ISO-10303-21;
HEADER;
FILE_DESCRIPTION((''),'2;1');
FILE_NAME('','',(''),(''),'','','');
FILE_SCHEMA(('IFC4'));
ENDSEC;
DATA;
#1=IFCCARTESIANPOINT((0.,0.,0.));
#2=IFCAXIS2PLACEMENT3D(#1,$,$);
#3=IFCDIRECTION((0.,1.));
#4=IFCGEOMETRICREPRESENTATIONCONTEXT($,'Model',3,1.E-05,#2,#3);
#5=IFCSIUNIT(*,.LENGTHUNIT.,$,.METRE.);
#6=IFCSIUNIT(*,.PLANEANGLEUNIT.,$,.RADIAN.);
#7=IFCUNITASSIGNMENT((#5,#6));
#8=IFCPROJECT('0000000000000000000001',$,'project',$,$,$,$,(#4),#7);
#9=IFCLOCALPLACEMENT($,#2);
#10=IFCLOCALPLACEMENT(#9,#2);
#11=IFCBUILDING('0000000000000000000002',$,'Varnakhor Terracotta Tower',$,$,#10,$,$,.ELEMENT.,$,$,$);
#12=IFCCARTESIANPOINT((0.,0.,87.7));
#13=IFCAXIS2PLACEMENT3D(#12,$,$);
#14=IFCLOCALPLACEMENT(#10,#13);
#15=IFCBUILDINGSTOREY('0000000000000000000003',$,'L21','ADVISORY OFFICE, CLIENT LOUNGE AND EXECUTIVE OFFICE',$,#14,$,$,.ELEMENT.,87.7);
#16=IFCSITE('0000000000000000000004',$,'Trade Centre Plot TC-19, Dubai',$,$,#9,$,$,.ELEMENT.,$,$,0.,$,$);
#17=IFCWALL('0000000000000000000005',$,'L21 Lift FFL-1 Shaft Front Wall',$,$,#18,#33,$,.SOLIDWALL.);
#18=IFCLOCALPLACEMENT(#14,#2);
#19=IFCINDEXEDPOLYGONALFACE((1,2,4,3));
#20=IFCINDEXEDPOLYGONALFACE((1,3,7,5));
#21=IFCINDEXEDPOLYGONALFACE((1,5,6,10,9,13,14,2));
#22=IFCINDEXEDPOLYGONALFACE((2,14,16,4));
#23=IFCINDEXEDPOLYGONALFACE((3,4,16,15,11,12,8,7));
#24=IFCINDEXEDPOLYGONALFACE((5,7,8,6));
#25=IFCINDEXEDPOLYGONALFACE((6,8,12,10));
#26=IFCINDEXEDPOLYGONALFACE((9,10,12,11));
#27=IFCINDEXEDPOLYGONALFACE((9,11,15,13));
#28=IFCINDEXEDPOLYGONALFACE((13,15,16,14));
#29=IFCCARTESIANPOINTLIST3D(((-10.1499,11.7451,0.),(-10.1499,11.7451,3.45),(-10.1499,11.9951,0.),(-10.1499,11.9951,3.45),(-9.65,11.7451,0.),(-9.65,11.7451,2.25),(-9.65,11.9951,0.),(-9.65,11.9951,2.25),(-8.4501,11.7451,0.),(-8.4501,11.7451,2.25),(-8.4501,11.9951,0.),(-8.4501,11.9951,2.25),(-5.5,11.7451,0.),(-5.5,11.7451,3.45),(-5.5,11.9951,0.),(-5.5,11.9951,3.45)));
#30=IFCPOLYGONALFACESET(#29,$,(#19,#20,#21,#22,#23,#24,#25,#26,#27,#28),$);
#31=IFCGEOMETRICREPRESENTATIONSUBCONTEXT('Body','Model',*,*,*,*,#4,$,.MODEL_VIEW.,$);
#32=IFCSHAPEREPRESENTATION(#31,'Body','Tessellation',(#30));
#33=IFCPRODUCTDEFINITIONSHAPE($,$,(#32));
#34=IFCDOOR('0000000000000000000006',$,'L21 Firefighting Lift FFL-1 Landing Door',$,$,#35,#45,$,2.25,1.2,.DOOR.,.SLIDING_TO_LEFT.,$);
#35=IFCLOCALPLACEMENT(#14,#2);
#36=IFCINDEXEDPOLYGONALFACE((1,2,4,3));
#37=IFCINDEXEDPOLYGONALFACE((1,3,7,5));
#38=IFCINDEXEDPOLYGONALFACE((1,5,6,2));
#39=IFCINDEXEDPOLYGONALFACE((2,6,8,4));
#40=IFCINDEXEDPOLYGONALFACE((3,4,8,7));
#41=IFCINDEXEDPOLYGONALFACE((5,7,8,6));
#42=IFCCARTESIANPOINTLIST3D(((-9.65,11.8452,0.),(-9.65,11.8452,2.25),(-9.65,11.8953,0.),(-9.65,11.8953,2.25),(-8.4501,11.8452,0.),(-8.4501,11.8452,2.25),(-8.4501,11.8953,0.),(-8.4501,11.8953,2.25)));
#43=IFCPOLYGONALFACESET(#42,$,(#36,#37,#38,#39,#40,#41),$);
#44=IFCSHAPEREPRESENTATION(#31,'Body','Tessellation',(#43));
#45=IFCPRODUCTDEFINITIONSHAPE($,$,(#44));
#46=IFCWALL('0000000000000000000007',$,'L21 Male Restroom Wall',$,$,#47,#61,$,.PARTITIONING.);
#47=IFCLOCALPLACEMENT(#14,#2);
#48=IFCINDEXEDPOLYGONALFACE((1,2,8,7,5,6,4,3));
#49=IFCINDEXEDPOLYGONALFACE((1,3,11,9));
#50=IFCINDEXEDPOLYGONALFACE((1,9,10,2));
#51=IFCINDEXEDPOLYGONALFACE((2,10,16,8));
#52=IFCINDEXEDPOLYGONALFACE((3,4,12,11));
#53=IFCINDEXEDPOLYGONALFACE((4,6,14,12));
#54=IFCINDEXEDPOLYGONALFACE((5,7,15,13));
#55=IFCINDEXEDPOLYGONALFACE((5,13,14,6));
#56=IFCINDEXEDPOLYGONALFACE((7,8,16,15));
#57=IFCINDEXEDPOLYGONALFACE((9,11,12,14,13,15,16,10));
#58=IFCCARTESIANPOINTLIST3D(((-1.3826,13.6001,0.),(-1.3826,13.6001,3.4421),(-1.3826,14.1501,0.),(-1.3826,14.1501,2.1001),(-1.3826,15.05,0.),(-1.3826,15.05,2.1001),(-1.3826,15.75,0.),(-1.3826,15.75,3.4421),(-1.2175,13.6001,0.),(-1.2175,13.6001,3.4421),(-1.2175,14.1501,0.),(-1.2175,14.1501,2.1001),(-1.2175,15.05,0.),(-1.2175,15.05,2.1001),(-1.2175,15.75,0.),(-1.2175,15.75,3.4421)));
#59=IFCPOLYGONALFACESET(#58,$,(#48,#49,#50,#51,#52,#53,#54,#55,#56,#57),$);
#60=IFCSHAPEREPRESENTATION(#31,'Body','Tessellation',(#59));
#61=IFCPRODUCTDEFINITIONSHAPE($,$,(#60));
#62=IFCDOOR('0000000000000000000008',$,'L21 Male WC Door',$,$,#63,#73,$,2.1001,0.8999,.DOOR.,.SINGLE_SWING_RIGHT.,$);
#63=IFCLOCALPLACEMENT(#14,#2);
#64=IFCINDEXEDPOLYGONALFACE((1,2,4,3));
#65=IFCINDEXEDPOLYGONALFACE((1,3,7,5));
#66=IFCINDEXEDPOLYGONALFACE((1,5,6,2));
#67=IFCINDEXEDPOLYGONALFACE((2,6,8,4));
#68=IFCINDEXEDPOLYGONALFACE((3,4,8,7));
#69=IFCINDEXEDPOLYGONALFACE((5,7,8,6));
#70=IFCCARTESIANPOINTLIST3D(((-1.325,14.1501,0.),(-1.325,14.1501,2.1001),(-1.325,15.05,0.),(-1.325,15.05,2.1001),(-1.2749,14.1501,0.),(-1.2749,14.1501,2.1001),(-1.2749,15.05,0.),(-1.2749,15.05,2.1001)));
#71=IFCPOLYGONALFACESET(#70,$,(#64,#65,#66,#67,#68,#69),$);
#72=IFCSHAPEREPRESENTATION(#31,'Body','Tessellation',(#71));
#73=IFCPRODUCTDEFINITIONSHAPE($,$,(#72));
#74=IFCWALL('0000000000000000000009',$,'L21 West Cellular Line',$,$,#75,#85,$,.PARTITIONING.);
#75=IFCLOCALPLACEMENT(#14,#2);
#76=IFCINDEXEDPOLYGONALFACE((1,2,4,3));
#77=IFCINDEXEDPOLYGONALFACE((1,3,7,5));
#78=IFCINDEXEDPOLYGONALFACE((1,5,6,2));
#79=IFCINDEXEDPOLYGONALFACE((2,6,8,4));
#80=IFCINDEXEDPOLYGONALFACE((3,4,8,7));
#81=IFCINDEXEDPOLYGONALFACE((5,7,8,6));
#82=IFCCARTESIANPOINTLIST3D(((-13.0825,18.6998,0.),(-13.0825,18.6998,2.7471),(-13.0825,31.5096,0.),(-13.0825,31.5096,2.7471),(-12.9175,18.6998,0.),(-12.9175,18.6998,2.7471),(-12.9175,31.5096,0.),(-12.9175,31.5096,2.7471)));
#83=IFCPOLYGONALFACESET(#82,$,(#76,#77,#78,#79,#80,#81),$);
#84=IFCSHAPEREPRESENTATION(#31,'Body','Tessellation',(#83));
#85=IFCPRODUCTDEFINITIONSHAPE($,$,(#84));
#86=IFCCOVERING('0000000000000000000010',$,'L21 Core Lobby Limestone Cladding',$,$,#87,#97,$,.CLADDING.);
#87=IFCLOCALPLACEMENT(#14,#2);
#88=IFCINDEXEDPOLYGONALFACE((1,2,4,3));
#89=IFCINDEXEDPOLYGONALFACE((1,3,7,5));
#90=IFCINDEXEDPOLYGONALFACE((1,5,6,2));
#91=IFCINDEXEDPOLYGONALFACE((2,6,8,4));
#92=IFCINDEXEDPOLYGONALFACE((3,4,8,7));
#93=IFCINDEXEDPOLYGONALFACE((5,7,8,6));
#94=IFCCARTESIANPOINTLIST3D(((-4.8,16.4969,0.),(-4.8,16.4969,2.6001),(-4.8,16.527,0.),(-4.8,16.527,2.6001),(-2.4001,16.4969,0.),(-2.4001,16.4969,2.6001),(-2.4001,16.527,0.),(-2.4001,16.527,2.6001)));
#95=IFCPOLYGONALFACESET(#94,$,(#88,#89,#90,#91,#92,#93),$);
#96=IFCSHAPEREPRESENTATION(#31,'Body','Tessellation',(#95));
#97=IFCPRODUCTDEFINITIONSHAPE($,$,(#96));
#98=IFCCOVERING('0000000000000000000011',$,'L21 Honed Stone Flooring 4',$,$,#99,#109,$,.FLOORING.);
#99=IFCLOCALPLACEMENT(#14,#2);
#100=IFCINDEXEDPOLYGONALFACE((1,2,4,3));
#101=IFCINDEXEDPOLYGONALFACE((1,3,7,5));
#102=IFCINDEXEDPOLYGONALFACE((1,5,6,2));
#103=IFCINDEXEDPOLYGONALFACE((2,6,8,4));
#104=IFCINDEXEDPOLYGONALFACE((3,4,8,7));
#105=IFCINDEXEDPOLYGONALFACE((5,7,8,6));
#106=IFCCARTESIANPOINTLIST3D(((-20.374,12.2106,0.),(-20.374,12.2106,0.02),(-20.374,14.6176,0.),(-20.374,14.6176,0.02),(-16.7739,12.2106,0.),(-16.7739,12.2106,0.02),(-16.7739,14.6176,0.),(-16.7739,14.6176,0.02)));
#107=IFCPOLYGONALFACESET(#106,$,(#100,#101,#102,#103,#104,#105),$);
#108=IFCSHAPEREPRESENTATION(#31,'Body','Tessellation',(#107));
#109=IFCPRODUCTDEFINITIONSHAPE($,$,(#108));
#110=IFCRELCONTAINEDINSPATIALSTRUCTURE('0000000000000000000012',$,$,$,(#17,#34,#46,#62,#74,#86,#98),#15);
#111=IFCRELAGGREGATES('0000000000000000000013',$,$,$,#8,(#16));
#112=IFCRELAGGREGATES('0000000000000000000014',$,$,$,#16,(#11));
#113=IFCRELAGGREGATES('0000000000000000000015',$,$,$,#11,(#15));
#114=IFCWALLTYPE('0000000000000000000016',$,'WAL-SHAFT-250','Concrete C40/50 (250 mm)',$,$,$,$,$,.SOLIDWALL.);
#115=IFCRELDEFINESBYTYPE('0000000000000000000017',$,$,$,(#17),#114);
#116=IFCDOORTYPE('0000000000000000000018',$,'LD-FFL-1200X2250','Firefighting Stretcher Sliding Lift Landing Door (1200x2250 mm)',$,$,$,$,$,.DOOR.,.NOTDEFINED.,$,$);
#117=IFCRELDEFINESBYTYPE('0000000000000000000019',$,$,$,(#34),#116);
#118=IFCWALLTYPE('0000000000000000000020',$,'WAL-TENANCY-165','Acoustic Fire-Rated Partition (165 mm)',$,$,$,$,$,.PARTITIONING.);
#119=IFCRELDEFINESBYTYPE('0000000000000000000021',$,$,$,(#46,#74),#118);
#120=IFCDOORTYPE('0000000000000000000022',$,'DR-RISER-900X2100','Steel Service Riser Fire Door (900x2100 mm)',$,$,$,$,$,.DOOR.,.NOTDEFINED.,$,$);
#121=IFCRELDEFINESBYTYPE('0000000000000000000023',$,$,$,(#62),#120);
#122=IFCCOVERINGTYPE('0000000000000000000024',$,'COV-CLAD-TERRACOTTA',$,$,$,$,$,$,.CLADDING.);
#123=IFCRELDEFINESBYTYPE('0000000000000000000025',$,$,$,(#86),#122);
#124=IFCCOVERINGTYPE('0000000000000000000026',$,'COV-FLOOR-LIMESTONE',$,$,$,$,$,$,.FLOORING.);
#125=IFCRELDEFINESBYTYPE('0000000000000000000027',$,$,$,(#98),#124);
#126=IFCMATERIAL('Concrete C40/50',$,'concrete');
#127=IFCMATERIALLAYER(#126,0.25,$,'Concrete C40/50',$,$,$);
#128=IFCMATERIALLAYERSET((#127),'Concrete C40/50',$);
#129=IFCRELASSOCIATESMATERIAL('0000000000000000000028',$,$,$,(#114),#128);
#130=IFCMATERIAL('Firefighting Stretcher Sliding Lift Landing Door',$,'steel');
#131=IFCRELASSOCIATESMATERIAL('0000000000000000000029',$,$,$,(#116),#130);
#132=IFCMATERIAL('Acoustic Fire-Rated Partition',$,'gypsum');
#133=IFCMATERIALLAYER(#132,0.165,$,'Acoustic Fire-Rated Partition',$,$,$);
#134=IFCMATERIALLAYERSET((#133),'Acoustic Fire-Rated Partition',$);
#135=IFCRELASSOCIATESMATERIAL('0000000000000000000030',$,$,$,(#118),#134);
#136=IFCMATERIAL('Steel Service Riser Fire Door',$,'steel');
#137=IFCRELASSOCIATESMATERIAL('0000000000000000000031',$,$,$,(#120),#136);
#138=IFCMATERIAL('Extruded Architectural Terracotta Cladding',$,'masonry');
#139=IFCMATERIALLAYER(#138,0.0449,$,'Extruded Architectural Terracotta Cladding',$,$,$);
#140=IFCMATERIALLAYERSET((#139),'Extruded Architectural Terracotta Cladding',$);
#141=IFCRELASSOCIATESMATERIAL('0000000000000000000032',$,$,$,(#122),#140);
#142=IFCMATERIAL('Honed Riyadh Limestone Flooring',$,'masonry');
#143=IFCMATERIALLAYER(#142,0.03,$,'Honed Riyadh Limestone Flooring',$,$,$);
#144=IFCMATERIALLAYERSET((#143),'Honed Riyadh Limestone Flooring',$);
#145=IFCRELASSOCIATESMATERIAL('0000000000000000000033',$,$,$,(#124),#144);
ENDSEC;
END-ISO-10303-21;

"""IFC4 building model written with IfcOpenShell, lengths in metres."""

from ifc_helpers import new_model, si_unit, direction, frame, frame_2d, origin, origin_2d, place, context, subcontext, project, spatial, rectangle, extrude, source, transform, mapped, material, layer, layer_set, type_object, type_shapes, element, fill, save


model = new_model("IFC4")

# Units and contexts
model_context = context("Model", 3, precision=1e-05, world=origin(), true_north=direction((0.0, 1.0)))
body_context = subcontext(model_context, "Body", "Model", "MODEL_VIEW")
ifc_project = project(units=[si_unit("LENGTHUNIT", "METRE"), si_unit("PLANEANGLEUNIT", "RADIAN")], contexts=[model_context])

# Site, building, storey
site_placement = place(None, origin())
site = spatial("IfcSite", under=ifc_project, at=site_placement, Name="Trade Centre Plot TC-19, Dubai", CompositionType="ELEMENT", RefElevation=0.0)
building_placement = place(site_placement, origin())
building = spatial("IfcBuilding", under=site, at=building_placement, Name="Varnakhor Terracotta Tower", CompositionType="ELEMENT")
storey_placement = place(building_placement, frame((0.0, 0.0, 87.7)))
storey = spatial("IfcBuildingStorey", under=building, at=storey_placement, Name="L21", Description="ADVISORY OFFICE, CLIENT LOUNGE AND EXECUTIVE OFFICE", CompositionType="ELEMENT", Elevation=87.7)

# Shared definitions
ifc_material_1 = material(Name="Concrete C40/50", Category="concrete")

# Walls, openings, doors
ifc_layer_1 = layer(ifc_material_1, 0.25, Name="Concrete C40/50")
ifc_layer_set_1 = layer_set([ifc_layer_1], Name="Concrete C40/50")
wall_type_1 = type_object("IfcWallType", Name="WAL-SHAFT-250", Description="Concrete C40/50 (250 mm)", PredefinedType="SOLIDWALL", material=ifc_layer_set_1)
wall_1_placement = place(storey_placement, frame((-5.5, 11.8701, 0.0), z_axis=(0.0, 0.0, 1.0), x_axis=(-1.0, 0.0, 0.0)))
wall_1 = element("IfcWall", 1, at=wall_1_placement, inside=storey, type_object=wall_type_1, Name="L21 Lift FFL-1 Shaft Front Wall", PredefinedType="SOLIDWALL", context=body_context, shape_type="SweptSolid", body=[
    extrude(rectangle(XDim=4.6499, YDim=0.25, at=frame_2d((2.325, 0.0))), origin(), (0.0, 0.0, 1.0), 3.45),
])
opening_1_placement = place(wall_1_placement, frame((2.95, 0.0, 0.0)))
opening_1 = element("IfcOpeningElement", 2, at=opening_1_placement, cuts=wall_1, PredefinedType="OPENING", context=body_context, shape_type="SweptSolid", body=[
    extrude(rectangle(XDim=1.2, YDim=2.25, at=frame_2d((0.6001, 1.125))), frame((0.0, 0.135, 0.0), z_axis=(0.0, -1.0, 0.0), x_axis=(1.0, 0.0, 0.0)), (0.0, 0.0, 1.0), 0.27),
])
ifc_material_2 = material(Name="Firefighting Stretcher Sliding Lift Landing Door", Category="steel")
door_type_1 = type_object("IfcDoorType", Name="LD-FFL-1200X2250", Description="Firefighting Stretcher Sliding Lift Landing Door (1200x2250 mm)", OperationType="NOTDEFINED", PredefinedType="DOOR", material=ifc_material_2)
shared_shape_1 = source(origin(), body_context, "Body", "SweptSolid", [
    extrude(rectangle(XDim=1.2, YDim=2.25, at=frame_2d((0.6001, 1.125))), frame((0.0, 0.0249, 0.0), z_axis=(0.0, -1.0, 0.0), x_axis=(1.0, 0.0, 0.0)), (0.0, 0.0, 1.0), 0.05),
])
type_shapes(door_type_1, [shared_shape_1])
door_1_placement = place(opening_1_placement, origin())
door_1 = element("IfcDoor", 3, at=door_1_placement, inside=storey, type_object=door_type_1, Name="L21 Firefighting Lift FFL-1 Landing Door", OperationType="SLIDING_TO_LEFT", OverallHeight=2.25, OverallWidth=1.2, PredefinedType="DOOR", context=body_context, shape_type="MappedRepresentation", body=[
    mapped(shared_shape_1, transform((0.0, 0.0, 0.0), scale=1.0)),
])
fill(opening_1, door_1)
ifc_material_3 = material(Name="Acoustic Fire-Rated Partition", Category="gypsum")
ifc_layer_2 = layer(ifc_material_3, 0.165, Name="Acoustic Fire-Rated Partition")
ifc_layer_set_2 = layer_set([ifc_layer_2], Name="Acoustic Fire-Rated Partition")
wall_type_2 = type_object("IfcWallType", Name="WAL-TENANCY-165", Description="Acoustic Fire-Rated Partition (165 mm)", PredefinedType="PARTITIONING", material=ifc_layer_set_2)
wall_2_placement = place(storey_placement, frame((-1.3, 13.6001, 0.0), z_axis=(0.0, 0.0, 1.0), x_axis=(0.0, 1.0, 0.0)))
wall_2 = element("IfcWall", 4, at=wall_2_placement, inside=storey, type_object=wall_type_2, Name="L21 Male Restroom Wall", PredefinedType="PARTITIONING", context=body_context, shape_type="SweptSolid", body=[
    extrude(rectangle(XDim=2.1499, YDim=0.165, at=frame_2d((1.075, 0.0))), origin(), (0.0, 0.0, 1.0), 3.4421),
])
opening_2_placement = place(wall_2_placement, frame((0.55, 0.0, 0.0)))
opening_2 = element("IfcOpeningElement", 5, at=opening_2_placement, cuts=wall_2, PredefinedType="OPENING", context=body_context, shape_type="SweptSolid", body=[
    extrude(rectangle(XDim=0.8999, YDim=2.1001, at=frame_2d((0.45, 1.05))), frame((0.0, 0.0925, 0.0), z_axis=(0.0, -1.0, 0.0), x_axis=(1.0, 0.0, 0.0)), (0.0, 0.0, 1.0), 0.1851),
])
ifc_material_4 = material(Name="Steel Service Riser Fire Door", Category="steel")
door_type_2 = type_object("IfcDoorType", Name="DR-RISER-900X2100", Description="Steel Service Riser Fire Door (900x2100 mm)", OperationType="NOTDEFINED", PredefinedType="DOOR", material=ifc_material_4)
shared_shape_2 = source(origin(), body_context, "Body", "SweptSolid", [
    extrude(rectangle(XDim=0.8999, YDim=2.1001, at=frame_2d((0.45, 1.05))), frame((0.0, 0.0249, 0.0), z_axis=(0.0, -1.0, 0.0), x_axis=(1.0, 0.0, 0.0)), (0.0, 0.0, 1.0), 0.05),
])
type_shapes(door_type_2, [shared_shape_2])
door_2_placement = place(opening_2_placement, origin())
door_2 = element("IfcDoor", 6, at=door_2_placement, inside=storey, type_object=door_type_2, Name="L21 Male WC Door", OperationType="SINGLE_SWING_RIGHT", OverallHeight=2.1001, OverallWidth=0.8999, PredefinedType="DOOR", context=body_context, shape_type="MappedRepresentation", body=[
    mapped(shared_shape_2, transform((0.0, 0.0, 0.0), scale=1.0)),
])
fill(opening_2, door_2)

# Wall
wall_3_placement = place(storey_placement, frame((-13.0, 18.7, 0.0), z_axis=(0.0, 0.0, 1.0), x_axis=(0.0, 1.0, 0.0)))
element("IfcWall", 7, at=wall_3_placement, inside=storey, type_object=wall_type_2, Name="L21 West Cellular Line", PredefinedType="PARTITIONING", context=body_context, shape_type="SweptSolid", body=[
    extrude(rectangle(XDim=12.8098, YDim=0.165, at=frame_2d((6.4048, 0.0))), origin(), (0.0, 0.0, 1.0), 2.7471),
])

# Coverings
ifc_material_5 = material(Name="Extruded Architectural Terracotta Cladding", Category="masonry")
ifc_layer_3 = layer(ifc_material_5, 0.0449, Name="Extruded Architectural Terracotta Cladding")
ifc_layer_set_3 = layer_set([ifc_layer_3], Name="Extruded Architectural Terracotta Cladding")
covering_type_1 = type_object("IfcCoveringType", Name="COV-CLAD-TERRACOTTA", PredefinedType="CLADDING", material=ifc_layer_set_3)
shared_shape_3 = source(origin(), body_context, "Body", "SweptSolid", [
    extrude(rectangle(XDim=2.3999, YDim=0.03, at=origin_2d()), origin(), (0.0, 0.0, 1.0), 2.6001),
])
type_shapes(covering_type_1, [shared_shape_3])
covering_1_placement = place(storey_placement, frame((-3.6001, 16.512, 0.0), z_axis=(0.0, 0.0, 1.0), x_axis=(1.0, 0.0, 0.0)))
element("IfcCovering", 8, at=covering_1_placement, inside=storey, type_object=covering_type_1, Name="L21 Core Lobby Limestone Cladding", PredefinedType="CLADDING", context=body_context, shape_type="MappedRepresentation", body=[
    mapped(shared_shape_3, transform((0.0, 0.0, 0.0), scale=1.0)),
])
ifc_material_6 = material(Name="Honed Riyadh Limestone Flooring", Category="masonry")
ifc_layer_4 = layer(ifc_material_6, 0.03, Name="Honed Riyadh Limestone Flooring")
ifc_layer_set_4 = layer_set([ifc_layer_4], Name="Honed Riyadh Limestone Flooring")
covering_type_2 = type_object("IfcCoveringType", Name="COV-FLOOR-LIMESTONE", PredefinedType="FLOORING", material=ifc_layer_set_4)
shared_shape_4 = source(origin(), body_context, "Body", "SweptSolid", [
    extrude(rectangle(XDim=3.6001, YDim=2.407, at=origin_2d()), origin(), (0.0, 0.0, 1.0), 0.02),
])
covering_2_placement = place(storey_placement, frame((-18.574, 13.4141, 0.0), z_axis=(0.0, 0.0, 1.0), x_axis=(1.0, 0.0, 0.0)))
element("IfcCovering", 9, at=covering_2_placement, inside=storey, type_object=covering_type_2, Name="L21 Honed Stone Flooring 4", PredefinedType="FLOORING", context=body_context, shape_type="MappedRepresentation", body=[
    mapped(shared_shape_4, transform((0.0, 0.0, 0.0), scale=1.0)),
])

save(model, "model.ifc")
